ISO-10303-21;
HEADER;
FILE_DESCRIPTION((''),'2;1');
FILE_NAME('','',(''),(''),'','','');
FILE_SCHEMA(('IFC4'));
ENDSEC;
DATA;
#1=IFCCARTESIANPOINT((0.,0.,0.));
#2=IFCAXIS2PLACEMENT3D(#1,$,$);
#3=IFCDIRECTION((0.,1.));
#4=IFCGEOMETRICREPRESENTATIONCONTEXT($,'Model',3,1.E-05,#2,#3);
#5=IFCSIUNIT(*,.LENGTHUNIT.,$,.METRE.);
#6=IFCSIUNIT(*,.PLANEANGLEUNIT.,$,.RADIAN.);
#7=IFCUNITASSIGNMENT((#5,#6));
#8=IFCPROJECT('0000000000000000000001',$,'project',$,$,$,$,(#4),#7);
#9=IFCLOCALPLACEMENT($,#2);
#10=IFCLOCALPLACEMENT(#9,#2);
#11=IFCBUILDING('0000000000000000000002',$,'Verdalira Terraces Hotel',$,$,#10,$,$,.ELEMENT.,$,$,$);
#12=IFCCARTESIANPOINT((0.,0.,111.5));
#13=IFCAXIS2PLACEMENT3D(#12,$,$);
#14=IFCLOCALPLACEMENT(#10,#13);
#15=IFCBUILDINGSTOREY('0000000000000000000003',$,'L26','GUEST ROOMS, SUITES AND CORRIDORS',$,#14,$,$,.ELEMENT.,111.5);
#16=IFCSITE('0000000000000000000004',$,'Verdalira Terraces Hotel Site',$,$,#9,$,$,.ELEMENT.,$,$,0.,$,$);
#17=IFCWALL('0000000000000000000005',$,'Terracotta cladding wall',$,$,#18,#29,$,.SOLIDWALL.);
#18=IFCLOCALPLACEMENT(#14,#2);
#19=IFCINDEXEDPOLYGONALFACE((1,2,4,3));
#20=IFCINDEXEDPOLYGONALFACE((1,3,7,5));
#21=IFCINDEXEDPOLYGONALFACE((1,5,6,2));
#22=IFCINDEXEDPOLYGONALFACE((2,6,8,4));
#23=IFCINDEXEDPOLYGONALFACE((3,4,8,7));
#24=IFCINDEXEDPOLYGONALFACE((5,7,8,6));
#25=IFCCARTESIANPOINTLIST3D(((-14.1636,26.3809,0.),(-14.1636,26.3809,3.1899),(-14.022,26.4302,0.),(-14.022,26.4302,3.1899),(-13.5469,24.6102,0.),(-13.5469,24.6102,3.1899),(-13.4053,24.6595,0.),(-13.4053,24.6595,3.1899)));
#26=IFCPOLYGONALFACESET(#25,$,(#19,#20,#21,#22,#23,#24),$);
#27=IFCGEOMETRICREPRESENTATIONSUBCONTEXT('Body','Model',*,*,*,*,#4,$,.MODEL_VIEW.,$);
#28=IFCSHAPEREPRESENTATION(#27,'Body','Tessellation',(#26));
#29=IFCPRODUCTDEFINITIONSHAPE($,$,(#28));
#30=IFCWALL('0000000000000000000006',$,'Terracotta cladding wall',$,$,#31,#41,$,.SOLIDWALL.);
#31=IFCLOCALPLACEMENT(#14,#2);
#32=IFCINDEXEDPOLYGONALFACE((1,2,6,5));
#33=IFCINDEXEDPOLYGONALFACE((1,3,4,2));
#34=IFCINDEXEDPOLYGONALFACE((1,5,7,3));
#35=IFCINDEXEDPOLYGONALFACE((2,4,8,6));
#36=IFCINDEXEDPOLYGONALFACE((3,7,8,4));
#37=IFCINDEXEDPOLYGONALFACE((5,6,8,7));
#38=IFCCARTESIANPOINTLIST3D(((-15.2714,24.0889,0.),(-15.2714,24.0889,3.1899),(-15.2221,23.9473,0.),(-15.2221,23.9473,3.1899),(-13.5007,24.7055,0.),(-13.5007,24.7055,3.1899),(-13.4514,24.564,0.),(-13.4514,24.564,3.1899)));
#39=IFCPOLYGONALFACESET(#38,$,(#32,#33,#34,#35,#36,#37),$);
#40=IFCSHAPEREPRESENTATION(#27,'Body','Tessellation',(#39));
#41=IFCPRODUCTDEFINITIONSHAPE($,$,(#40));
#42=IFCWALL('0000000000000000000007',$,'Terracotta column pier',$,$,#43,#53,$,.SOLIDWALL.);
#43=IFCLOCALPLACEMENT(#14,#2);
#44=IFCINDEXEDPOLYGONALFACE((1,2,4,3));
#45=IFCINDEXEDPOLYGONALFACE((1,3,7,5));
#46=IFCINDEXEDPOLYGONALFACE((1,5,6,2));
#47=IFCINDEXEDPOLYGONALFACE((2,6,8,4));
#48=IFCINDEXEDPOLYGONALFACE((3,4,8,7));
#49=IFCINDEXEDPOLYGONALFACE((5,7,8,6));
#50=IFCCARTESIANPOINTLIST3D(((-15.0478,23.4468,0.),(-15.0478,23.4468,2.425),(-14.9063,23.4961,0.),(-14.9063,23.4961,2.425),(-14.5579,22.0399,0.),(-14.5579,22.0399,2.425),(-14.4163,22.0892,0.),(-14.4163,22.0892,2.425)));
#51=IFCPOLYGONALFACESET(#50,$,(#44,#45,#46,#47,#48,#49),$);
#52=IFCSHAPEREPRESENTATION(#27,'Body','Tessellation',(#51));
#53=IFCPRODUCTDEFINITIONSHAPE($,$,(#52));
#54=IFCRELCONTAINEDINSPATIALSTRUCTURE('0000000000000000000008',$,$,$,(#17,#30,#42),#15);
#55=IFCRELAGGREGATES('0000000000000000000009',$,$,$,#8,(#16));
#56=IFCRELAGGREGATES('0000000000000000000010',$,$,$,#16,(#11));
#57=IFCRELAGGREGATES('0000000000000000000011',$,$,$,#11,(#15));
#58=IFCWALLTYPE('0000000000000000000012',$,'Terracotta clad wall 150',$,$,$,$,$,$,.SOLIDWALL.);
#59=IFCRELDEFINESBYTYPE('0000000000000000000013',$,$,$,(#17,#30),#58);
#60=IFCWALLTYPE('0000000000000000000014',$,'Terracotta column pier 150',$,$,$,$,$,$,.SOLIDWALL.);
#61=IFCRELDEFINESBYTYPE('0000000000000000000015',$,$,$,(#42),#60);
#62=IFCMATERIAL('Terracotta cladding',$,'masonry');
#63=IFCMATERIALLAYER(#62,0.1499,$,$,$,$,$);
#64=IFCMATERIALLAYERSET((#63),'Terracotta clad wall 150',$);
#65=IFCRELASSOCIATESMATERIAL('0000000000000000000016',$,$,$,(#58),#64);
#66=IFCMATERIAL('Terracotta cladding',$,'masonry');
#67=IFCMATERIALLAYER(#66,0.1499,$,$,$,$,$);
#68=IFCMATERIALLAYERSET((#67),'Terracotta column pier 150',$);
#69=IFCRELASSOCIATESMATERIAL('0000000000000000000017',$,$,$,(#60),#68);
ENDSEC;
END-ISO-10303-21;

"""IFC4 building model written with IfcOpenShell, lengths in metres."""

from ifc_helpers import new_model, si_unit, direction, frame, frame_2d, origin, place, context, subcontext, project, spatial, rectangle, extrude, material, layer, layer_set, type_object, element, save


model = new_model("IFC4")

# Units and contexts
model_context = context("Model", 3, precision=1e-05, world=origin(), true_north=direction((0.0, 1.0)))
body_context = subcontext(model_context, "Body", "Model", "MODEL_VIEW")
ifc_project = project(units=[si_unit("LENGTHUNIT", "METRE"), si_unit("PLANEANGLEUNIT", "RADIAN")], contexts=[model_context])

# Site, building, storey
site_placement = place(None, origin())
site = spatial("IfcSite", under=ifc_project, at=site_placement, Name="Verdalira Terraces Hotel Site", CompositionType="ELEMENT", RefElevation=0.0)
building_placement = place(site_placement, origin())
building = spatial("IfcBuilding", under=site, at=building_placement, Name="Verdalira Terraces Hotel", CompositionType="ELEMENT")
storey_placement = place(building_placement, frame((0.0, 0.0, 111.5)))
storey = spatial("IfcBuildingStorey", under=building, at=storey_placement, Name="L26", Description="GUEST ROOMS, SUITES AND CORRIDORS", CompositionType="ELEMENT", Elevation=111.5)

# Walls
ifc_material_1 = material(Name="Terracotta cladding", Category="masonry")
ifc_layer_1 = layer(ifc_material_1, 0.1499)
ifc_layer_set_1 = layer_set([ifc_layer_1], Name="Terracotta clad wall 150")
wall_type_1 = type_object("IfcWallType", Name="Terracotta clad wall 150", PredefinedType="SOLIDWALL", material=ifc_layer_set_1)
for number, where, z_axis, x_axis, name in (
    (1, (-14.0928, 26.4055, 0.0), (0.0, 0.0, 1.0), (0.328894, -0.944367, 0.0), "Terracotta cladding wall"),
    (2, (-13.4761, 24.6348, 0.0), (0.0, 0.0, 1.0), (-0.944367, -0.328894, 0.0), "Terracotta cladding wall"),
):
    element("IfcWall", number, at=place(storey_placement, frame(where, z_axis=z_axis, x_axis=x_axis)), inside=storey, type_object=wall_type_1, Name=name, PredefinedType="SOLIDWALL", context=body_context, shape_type="SweptSolid", body=[
        extrude(rectangle(XDim=1.875, YDim=0.1499, at=frame_2d((0.9375, 0.0))), origin(), (0.0, 0.0, 1.0), 3.1899),
    ])
ifc_material_2 = material(Name="Terracotta cladding", Category="masonry")
ifc_layer_2 = layer(ifc_material_2, 0.1499)
ifc_layer_set_2 = layer_set([ifc_layer_2], Name="Terracotta column pier 150")
wall_type_2 = type_object("IfcWallType", Name="Terracotta column pier 150", PredefinedType="SOLIDWALL", material=ifc_layer_set_2)
wall_1_placement = place(storey_placement, frame((-14.9771, 23.4714, 0.0), z_axis=(0.0, 0.0, 1.0), x_axis=(0.328883, -0.944371, 0.0)))
element("IfcWall", 3, at=wall_1_placement, inside=storey, type_object=wall_type_2, Name="Terracotta column pier", PredefinedType="SOLIDWALL", context=body_context, shape_type="SweptSolid", body=[
    extrude(rectangle(XDim=1.4897, YDim=0.1499, at=frame_2d((0.7449, 0.0))), origin(), (0.0, 0.0, 1.0), 2.425),
])

save(model, "model.ifc")
